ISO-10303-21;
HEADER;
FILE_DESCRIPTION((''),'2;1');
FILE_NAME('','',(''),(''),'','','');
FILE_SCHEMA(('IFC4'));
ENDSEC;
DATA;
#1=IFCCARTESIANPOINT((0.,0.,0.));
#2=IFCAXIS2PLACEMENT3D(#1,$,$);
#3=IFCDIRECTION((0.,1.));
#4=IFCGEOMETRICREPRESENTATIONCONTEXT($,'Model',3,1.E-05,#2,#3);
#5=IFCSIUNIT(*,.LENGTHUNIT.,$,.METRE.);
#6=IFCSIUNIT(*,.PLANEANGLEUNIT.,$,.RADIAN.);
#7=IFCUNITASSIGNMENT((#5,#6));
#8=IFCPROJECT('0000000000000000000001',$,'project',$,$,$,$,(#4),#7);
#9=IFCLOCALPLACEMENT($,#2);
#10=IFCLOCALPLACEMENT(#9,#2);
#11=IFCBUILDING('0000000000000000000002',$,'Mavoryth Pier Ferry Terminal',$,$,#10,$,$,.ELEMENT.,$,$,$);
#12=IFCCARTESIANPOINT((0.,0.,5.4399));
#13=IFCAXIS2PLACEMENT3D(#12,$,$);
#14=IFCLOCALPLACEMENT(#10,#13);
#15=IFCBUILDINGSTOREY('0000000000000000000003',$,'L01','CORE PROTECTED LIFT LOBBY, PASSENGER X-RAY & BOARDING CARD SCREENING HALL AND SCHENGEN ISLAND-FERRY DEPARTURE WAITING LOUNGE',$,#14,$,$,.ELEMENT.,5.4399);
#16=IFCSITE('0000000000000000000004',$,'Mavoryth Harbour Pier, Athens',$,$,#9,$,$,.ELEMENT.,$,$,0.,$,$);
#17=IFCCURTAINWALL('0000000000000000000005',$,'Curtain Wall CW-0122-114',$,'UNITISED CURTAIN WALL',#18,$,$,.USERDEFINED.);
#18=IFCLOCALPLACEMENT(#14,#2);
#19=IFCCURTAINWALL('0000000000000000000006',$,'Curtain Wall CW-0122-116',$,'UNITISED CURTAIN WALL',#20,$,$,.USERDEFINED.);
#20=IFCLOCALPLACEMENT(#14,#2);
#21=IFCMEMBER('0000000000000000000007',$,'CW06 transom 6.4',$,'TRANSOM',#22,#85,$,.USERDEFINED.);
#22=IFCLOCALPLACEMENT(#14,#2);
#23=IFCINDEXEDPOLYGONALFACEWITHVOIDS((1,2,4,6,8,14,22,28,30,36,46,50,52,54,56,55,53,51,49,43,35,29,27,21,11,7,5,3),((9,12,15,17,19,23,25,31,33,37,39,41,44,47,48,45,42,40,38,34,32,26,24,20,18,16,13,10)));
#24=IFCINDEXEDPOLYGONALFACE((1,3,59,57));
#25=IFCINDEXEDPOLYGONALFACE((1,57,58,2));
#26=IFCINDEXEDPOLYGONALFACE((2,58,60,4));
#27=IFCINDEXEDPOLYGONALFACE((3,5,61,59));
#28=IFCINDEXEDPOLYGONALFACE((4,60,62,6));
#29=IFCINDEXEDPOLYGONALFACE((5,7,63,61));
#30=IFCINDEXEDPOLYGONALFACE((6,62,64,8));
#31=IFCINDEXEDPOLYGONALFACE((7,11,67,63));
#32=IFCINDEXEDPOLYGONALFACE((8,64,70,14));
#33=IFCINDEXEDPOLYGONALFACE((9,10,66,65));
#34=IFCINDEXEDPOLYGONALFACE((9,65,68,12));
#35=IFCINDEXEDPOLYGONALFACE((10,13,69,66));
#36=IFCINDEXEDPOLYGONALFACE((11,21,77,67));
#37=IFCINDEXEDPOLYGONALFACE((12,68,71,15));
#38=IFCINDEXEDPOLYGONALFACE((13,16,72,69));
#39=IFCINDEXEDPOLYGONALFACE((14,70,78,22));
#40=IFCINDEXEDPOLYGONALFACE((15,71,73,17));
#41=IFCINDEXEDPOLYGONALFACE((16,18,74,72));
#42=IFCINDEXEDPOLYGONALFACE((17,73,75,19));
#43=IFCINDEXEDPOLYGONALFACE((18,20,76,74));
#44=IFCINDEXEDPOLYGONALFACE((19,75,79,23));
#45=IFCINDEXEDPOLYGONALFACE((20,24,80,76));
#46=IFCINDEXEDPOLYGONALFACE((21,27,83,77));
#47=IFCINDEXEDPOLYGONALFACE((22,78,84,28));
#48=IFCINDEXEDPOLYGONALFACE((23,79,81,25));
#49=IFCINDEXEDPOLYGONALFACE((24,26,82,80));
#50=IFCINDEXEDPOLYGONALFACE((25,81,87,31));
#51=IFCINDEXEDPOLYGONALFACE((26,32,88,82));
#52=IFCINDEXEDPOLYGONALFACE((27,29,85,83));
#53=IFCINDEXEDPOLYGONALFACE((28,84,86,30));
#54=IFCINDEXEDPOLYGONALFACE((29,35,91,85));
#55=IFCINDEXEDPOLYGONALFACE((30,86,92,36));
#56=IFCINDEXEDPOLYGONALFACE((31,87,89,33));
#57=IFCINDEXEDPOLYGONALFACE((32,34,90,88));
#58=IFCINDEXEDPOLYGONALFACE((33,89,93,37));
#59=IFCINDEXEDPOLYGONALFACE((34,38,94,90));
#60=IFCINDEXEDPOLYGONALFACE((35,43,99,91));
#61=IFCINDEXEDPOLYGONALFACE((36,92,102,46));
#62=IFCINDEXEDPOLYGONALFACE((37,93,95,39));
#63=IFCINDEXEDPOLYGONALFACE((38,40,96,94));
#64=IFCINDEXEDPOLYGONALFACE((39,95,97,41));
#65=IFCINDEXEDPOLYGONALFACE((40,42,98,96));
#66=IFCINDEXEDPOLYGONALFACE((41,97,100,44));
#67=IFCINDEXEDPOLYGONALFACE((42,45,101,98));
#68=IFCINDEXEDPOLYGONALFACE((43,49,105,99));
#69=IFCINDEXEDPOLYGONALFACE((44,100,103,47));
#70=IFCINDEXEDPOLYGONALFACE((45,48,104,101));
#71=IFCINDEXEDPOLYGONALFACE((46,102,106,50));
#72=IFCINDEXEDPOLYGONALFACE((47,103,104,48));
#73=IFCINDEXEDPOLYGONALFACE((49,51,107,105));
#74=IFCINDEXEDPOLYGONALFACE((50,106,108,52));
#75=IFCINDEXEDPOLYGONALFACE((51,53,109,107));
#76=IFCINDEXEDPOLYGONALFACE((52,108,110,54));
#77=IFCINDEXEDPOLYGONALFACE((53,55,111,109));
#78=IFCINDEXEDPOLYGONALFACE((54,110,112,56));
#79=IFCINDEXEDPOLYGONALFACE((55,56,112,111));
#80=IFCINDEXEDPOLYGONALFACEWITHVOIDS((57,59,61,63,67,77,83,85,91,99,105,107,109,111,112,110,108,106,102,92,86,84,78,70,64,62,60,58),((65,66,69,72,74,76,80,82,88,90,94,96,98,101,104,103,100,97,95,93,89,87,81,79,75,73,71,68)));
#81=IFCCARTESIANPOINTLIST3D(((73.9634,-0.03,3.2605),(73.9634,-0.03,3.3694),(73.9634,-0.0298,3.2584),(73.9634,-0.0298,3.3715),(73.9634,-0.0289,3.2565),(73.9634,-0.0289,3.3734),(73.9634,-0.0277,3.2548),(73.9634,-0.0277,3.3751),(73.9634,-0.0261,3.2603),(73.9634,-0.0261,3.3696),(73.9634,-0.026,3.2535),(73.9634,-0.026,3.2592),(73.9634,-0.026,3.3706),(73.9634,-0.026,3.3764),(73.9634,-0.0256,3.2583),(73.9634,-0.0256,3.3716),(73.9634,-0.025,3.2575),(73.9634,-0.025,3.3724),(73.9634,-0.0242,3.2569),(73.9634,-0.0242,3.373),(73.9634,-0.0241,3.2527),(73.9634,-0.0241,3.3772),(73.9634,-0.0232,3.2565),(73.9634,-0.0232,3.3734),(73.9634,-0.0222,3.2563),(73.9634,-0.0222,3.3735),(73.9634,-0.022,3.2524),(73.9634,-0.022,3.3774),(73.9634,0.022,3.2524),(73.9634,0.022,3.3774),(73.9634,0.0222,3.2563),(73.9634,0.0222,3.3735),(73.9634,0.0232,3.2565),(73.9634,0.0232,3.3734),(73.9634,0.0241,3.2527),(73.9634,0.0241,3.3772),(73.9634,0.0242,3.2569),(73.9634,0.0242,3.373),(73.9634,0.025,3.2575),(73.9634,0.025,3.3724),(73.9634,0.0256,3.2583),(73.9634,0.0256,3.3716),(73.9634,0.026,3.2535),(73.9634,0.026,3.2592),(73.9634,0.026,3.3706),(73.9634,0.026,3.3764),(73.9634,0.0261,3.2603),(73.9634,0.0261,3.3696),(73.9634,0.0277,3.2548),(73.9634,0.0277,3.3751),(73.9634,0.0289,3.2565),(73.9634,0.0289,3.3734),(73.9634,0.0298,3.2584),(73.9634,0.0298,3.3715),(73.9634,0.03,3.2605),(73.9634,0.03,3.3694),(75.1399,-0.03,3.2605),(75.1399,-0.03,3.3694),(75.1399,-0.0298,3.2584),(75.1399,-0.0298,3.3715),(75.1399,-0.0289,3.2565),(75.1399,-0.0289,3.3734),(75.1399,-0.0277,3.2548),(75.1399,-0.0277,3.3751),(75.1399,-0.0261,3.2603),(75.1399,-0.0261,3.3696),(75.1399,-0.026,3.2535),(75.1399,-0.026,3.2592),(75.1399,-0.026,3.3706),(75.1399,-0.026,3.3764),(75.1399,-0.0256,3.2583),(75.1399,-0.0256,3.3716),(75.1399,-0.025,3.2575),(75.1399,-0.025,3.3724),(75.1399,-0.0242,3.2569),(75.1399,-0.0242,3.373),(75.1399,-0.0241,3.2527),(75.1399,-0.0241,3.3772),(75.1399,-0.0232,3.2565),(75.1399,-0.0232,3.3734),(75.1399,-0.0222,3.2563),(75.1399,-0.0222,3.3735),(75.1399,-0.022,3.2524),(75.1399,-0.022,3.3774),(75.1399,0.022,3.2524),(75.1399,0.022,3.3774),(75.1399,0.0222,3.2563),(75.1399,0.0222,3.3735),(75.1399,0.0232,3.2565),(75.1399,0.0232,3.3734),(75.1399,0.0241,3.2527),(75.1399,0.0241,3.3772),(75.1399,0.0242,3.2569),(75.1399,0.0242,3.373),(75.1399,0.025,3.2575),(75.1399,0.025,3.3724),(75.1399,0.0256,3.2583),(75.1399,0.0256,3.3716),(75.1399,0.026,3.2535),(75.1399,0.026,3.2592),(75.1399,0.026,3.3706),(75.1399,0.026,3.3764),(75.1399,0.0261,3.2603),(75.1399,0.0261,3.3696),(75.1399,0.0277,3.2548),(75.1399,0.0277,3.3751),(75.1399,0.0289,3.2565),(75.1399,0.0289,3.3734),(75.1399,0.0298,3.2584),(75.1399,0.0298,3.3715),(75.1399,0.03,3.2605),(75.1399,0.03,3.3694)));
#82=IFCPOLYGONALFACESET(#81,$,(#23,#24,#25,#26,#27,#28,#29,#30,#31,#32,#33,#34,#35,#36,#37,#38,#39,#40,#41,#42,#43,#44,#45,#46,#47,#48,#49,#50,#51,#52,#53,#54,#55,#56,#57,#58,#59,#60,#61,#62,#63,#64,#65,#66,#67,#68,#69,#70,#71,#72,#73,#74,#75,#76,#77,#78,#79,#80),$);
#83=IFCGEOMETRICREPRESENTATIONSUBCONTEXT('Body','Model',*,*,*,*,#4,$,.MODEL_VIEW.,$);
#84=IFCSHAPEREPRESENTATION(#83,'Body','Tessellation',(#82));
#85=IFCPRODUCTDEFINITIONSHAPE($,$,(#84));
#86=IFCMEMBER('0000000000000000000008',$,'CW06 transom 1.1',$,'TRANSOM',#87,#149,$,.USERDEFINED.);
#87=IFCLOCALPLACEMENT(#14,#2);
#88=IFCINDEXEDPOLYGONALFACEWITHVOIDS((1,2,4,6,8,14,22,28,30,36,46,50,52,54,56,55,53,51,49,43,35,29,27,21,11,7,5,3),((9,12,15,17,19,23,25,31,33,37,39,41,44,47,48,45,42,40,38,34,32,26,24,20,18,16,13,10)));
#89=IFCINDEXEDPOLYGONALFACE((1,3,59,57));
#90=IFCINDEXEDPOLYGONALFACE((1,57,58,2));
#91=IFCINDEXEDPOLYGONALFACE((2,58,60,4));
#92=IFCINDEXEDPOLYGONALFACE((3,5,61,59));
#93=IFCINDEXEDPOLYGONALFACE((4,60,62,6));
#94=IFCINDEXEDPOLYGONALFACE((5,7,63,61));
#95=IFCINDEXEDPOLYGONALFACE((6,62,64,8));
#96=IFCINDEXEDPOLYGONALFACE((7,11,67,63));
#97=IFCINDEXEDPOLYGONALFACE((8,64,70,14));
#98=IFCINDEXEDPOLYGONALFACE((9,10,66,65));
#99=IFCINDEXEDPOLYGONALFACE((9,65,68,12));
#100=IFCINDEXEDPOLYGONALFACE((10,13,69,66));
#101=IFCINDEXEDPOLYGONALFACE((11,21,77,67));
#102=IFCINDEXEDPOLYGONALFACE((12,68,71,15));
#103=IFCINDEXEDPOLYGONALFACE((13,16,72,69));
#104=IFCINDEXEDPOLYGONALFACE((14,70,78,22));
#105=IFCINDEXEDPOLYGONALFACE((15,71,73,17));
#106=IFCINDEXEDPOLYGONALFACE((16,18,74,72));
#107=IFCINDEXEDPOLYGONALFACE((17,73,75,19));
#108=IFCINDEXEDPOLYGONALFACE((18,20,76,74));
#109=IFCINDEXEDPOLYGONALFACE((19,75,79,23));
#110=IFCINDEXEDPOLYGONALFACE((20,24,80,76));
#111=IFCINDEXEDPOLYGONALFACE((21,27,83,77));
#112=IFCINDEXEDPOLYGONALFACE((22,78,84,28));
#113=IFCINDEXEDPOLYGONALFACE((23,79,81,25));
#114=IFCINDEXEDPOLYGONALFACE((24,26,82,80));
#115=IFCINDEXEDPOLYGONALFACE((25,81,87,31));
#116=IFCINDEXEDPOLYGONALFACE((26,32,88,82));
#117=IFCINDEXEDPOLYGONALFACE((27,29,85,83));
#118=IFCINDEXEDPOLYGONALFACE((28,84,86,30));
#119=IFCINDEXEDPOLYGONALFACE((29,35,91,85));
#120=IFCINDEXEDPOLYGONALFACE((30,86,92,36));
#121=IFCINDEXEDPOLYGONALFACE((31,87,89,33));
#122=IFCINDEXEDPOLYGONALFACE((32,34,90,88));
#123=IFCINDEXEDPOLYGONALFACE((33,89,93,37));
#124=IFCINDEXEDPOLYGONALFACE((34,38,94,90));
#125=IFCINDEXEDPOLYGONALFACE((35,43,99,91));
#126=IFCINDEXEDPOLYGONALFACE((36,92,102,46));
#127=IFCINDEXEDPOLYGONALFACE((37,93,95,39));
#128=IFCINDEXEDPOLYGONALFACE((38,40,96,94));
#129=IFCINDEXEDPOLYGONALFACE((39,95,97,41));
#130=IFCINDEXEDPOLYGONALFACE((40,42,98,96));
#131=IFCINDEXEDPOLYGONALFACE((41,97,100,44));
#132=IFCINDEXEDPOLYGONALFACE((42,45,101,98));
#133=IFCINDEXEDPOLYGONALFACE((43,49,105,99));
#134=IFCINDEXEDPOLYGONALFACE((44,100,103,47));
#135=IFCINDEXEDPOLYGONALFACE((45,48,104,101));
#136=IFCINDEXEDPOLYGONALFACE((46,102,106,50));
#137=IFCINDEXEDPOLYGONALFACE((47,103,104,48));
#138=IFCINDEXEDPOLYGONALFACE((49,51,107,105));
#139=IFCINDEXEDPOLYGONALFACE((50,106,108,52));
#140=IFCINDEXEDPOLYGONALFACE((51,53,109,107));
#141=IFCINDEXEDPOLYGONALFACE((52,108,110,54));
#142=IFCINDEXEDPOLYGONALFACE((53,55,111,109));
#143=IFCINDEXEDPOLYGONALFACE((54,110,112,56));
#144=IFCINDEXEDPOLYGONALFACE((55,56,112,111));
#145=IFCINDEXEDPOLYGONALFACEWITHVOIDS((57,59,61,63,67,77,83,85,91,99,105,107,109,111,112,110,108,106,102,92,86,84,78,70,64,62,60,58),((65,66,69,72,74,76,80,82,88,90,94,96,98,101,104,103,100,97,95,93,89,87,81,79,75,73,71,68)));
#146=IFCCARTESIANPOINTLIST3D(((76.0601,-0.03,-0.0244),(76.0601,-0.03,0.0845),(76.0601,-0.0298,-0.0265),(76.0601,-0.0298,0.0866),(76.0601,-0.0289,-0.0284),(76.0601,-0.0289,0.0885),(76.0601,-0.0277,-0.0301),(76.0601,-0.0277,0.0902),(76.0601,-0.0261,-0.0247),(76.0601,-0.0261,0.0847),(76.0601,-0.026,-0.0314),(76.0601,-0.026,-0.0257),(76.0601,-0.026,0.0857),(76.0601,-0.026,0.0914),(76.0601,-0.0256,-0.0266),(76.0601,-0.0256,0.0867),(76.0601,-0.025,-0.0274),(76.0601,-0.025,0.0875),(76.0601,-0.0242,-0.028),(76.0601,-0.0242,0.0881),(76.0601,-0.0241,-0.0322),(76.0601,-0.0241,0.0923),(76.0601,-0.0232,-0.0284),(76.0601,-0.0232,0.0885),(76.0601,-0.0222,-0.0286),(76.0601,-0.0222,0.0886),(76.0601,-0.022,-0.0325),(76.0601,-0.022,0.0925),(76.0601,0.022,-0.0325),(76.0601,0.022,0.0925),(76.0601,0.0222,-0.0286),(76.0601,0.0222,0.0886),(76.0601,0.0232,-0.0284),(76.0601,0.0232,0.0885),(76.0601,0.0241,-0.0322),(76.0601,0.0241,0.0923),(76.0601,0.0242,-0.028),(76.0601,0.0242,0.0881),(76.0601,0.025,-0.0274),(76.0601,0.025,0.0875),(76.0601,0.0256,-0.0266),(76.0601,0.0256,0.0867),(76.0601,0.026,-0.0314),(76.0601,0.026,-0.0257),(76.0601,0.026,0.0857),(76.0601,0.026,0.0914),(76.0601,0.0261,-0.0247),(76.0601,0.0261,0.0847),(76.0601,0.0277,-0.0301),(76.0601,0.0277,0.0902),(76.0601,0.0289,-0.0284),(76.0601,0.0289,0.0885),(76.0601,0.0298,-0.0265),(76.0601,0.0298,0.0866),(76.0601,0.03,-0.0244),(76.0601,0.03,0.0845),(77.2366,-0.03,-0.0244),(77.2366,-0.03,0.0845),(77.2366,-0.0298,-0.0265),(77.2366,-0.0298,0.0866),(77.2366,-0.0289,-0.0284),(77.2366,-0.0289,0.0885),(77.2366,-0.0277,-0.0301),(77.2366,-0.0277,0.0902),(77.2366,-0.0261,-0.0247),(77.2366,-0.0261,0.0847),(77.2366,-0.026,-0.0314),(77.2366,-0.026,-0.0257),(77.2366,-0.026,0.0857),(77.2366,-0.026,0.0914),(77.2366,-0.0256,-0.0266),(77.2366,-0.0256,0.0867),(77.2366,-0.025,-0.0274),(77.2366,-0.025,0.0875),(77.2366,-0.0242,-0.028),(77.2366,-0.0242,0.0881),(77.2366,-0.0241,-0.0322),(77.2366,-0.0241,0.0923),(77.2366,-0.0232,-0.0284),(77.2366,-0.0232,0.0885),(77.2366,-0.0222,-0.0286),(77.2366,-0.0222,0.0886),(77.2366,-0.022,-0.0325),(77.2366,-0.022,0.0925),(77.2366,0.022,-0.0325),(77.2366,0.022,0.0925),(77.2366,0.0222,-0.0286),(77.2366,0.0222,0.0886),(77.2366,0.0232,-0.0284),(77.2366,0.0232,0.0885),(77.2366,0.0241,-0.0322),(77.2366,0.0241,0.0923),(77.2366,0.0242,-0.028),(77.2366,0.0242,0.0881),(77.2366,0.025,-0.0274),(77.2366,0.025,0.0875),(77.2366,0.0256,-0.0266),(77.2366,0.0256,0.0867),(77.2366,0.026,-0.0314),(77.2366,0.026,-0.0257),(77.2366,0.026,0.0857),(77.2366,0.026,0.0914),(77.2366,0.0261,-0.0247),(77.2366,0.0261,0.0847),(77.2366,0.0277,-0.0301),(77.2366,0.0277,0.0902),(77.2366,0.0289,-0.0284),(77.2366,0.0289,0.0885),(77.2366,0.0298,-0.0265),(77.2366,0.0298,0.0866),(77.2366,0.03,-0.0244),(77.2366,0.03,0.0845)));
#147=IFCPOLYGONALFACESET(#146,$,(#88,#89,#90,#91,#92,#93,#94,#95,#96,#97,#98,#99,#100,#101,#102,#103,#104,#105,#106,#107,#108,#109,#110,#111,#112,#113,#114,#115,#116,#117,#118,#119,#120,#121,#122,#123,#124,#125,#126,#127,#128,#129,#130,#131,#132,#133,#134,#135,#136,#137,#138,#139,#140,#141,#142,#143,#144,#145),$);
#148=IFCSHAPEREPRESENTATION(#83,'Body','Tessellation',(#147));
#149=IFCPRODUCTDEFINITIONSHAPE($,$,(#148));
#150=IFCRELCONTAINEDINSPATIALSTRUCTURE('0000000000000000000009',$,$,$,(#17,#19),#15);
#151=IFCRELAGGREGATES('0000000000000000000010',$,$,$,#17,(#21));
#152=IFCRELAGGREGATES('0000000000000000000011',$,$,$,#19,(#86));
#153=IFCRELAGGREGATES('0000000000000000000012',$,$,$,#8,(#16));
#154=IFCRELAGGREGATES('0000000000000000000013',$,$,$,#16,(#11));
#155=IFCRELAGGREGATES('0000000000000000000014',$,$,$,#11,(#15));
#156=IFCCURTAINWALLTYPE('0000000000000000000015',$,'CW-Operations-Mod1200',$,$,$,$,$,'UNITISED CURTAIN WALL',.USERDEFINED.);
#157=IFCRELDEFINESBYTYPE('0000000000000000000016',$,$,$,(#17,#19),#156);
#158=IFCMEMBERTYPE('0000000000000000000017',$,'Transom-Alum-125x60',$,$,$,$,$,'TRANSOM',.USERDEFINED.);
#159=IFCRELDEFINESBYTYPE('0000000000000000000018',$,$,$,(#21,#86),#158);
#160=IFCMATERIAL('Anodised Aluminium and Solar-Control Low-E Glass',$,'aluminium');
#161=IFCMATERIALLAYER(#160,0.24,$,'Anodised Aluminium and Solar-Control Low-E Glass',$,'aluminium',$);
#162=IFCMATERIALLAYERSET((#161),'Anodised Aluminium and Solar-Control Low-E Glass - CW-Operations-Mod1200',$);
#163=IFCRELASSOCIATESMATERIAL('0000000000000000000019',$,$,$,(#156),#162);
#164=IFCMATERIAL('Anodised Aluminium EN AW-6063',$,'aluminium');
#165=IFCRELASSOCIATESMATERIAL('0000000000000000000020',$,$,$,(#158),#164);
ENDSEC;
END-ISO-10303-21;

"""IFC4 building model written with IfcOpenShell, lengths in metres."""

from ifc_helpers import new_model, si_unit, direction, frame, origin, origin_2d, place, context, subcontext, project, spatial, hollow_rectangle, extrude, material, layer, layer_set, material_profile, profile_set, type_object, element, aggregate, save


model = new_model("IFC4")

# Units and contexts
model_context = context("Model", 3, precision=1e-05, world=origin(), true_north=direction((0.0, 1.0)))
body_context = subcontext(model_context, "Body", "Model", "MODEL_VIEW")
ifc_project = project(units=[si_unit("LENGTHUNIT", "METRE"), si_unit("PLANEANGLEUNIT", "RADIAN")], contexts=[model_context])

# Site, building, storey
site_placement = place(None, origin())
site = spatial("IfcSite", under=ifc_project, at=site_placement, Name="Mavoryth Harbour Pier, Athens", CompositionType="ELEMENT", RefElevation=0.0)
building_placement = place(site_placement, origin())
building = spatial("IfcBuilding", under=site, at=building_placement, Name="Mavoryth Pier Ferry Terminal", CompositionType="ELEMENT")
storey_placement = place(building_placement, frame((0.0, 0.0, 5.4399)))
storey = spatial("IfcBuildingStorey", under=building, at=storey_placement, Name="L01", Description="CORE PROTECTED LIFT LOBBY, PASSENGER X-RAY & BOARDING CARD SCREENING HALL AND SCHENGEN ISLAND-FERRY DEPARTURE WAITING LOUNGE", CompositionType="ELEMENT", Elevation=5.4399)

# Curtain walls
ifc_material_1 = material(Name="Anodised Aluminium and Solar-Control Low-E Glass", Category="aluminium")
ifc_layer_1 = layer(ifc_material_1, 0.24, Name="Anodised Aluminium and Solar-Control Low-E Glass", Category="aluminium")
ifc_layer_set_1 = layer_set([ifc_layer_1], Name="Anodised Aluminium and Solar-Control Low-E Glass - CW-Operations-Mod1200")
curtain_wall_type = type_object("IfcCurtainWallType", Name="CW-Operations-Mod1200", ElementType="UNITISED CURTAIN WALL", PredefinedType="USERDEFINED", material=ifc_layer_set_1)
curtain_wall_1_placement = place(storey_placement, origin())
curtain_wall_1 = element("IfcCurtainWall", 1, at=curtain_wall_1_placement, inside=storey, type_object=curtain_wall_type, Name="Curtain Wall CW-0122-114", ObjectType="UNITISED CURTAIN WALL", PredefinedType="USERDEFINED")
ifc_material_2 = material(Name="Anodised Aluminium EN AW-6063", Category="aluminium")
curtain_wall_2_placement = place(storey_placement, origin())
curtain_wall_2 = element("IfcCurtainWall", 2, at=curtain_wall_2_placement, inside=storey, type_object=curtain_wall_type, Name="Curtain Wall CW-0122-116", ObjectType="UNITISED CURTAIN WALL", PredefinedType="USERDEFINED")

# Members
ifc_material_profile_1 = material_profile(ifc_material_2, hollow_rectangle(XDim=0.0601, YDim=0.125, WallThickness=0.0039, InnerFilletRadius=0.0039, OuterFilletRadius=0.0081, at=origin_2d()), Name="AL-TRAN 125x60x4", Category="aluminium")
ifc_profile_set_1 = profile_set([ifc_material_profile_1], Name="Anodised Aluminium EN AW-6063 - AL-TRAN 125x60x4")
member_type_1 = type_object("IfcMemberType", Name="Transom-Alum-125x60", ElementType="TRANSOM", PredefinedType="USERDEFINED", material=ifc_profile_set_1)
member_1_placement = place(storey_placement, frame((73.9634, 0.0, 3.3149), z_axis=(1.0, 0.0, 0.0), x_axis=(0.0, 1.0, 0.0)))
member_1 = element("IfcMember", 3, at=member_1_placement, type_object=member_type_1, Name="CW06 transom 6.4", ObjectType="TRANSOM", PredefinedType="USERDEFINED", context=body_context, shape_type="SweptSolid", body=[
    extrude(hollow_rectangle(XDim=0.0601, YDim=0.125, WallThickness=0.0039, InnerFilletRadius=0.0039, OuterFilletRadius=0.0081, at=origin_2d()), origin(), (0.0, 0.0, 1.0), 1.1765),
])
member_2_placement = place(storey_placement, frame((76.0601, 0.0, 0.03), z_axis=(1.0, 0.0, 0.0), x_axis=(0.0, 1.0, 0.0)))
member_2 = element("IfcMember", 4, at=member_2_placement, type_object=member_type_1, Name="CW06 transom 1.1", ObjectType="TRANSOM", PredefinedType="USERDEFINED", context=body_context, shape_type="SweptSolid", body=[
    extrude(hollow_rectangle(XDim=0.0601, YDim=0.125, WallThickness=0.0039, InnerFilletRadius=0.0039, OuterFilletRadius=0.0081, at=origin_2d()), origin(), (0.0, 0.0, 1.0), 1.1765),
])

aggregate(curtain_wall_1, [member_1])
aggregate(curtain_wall_2, [member_2])

save(model, "model.ifc")
